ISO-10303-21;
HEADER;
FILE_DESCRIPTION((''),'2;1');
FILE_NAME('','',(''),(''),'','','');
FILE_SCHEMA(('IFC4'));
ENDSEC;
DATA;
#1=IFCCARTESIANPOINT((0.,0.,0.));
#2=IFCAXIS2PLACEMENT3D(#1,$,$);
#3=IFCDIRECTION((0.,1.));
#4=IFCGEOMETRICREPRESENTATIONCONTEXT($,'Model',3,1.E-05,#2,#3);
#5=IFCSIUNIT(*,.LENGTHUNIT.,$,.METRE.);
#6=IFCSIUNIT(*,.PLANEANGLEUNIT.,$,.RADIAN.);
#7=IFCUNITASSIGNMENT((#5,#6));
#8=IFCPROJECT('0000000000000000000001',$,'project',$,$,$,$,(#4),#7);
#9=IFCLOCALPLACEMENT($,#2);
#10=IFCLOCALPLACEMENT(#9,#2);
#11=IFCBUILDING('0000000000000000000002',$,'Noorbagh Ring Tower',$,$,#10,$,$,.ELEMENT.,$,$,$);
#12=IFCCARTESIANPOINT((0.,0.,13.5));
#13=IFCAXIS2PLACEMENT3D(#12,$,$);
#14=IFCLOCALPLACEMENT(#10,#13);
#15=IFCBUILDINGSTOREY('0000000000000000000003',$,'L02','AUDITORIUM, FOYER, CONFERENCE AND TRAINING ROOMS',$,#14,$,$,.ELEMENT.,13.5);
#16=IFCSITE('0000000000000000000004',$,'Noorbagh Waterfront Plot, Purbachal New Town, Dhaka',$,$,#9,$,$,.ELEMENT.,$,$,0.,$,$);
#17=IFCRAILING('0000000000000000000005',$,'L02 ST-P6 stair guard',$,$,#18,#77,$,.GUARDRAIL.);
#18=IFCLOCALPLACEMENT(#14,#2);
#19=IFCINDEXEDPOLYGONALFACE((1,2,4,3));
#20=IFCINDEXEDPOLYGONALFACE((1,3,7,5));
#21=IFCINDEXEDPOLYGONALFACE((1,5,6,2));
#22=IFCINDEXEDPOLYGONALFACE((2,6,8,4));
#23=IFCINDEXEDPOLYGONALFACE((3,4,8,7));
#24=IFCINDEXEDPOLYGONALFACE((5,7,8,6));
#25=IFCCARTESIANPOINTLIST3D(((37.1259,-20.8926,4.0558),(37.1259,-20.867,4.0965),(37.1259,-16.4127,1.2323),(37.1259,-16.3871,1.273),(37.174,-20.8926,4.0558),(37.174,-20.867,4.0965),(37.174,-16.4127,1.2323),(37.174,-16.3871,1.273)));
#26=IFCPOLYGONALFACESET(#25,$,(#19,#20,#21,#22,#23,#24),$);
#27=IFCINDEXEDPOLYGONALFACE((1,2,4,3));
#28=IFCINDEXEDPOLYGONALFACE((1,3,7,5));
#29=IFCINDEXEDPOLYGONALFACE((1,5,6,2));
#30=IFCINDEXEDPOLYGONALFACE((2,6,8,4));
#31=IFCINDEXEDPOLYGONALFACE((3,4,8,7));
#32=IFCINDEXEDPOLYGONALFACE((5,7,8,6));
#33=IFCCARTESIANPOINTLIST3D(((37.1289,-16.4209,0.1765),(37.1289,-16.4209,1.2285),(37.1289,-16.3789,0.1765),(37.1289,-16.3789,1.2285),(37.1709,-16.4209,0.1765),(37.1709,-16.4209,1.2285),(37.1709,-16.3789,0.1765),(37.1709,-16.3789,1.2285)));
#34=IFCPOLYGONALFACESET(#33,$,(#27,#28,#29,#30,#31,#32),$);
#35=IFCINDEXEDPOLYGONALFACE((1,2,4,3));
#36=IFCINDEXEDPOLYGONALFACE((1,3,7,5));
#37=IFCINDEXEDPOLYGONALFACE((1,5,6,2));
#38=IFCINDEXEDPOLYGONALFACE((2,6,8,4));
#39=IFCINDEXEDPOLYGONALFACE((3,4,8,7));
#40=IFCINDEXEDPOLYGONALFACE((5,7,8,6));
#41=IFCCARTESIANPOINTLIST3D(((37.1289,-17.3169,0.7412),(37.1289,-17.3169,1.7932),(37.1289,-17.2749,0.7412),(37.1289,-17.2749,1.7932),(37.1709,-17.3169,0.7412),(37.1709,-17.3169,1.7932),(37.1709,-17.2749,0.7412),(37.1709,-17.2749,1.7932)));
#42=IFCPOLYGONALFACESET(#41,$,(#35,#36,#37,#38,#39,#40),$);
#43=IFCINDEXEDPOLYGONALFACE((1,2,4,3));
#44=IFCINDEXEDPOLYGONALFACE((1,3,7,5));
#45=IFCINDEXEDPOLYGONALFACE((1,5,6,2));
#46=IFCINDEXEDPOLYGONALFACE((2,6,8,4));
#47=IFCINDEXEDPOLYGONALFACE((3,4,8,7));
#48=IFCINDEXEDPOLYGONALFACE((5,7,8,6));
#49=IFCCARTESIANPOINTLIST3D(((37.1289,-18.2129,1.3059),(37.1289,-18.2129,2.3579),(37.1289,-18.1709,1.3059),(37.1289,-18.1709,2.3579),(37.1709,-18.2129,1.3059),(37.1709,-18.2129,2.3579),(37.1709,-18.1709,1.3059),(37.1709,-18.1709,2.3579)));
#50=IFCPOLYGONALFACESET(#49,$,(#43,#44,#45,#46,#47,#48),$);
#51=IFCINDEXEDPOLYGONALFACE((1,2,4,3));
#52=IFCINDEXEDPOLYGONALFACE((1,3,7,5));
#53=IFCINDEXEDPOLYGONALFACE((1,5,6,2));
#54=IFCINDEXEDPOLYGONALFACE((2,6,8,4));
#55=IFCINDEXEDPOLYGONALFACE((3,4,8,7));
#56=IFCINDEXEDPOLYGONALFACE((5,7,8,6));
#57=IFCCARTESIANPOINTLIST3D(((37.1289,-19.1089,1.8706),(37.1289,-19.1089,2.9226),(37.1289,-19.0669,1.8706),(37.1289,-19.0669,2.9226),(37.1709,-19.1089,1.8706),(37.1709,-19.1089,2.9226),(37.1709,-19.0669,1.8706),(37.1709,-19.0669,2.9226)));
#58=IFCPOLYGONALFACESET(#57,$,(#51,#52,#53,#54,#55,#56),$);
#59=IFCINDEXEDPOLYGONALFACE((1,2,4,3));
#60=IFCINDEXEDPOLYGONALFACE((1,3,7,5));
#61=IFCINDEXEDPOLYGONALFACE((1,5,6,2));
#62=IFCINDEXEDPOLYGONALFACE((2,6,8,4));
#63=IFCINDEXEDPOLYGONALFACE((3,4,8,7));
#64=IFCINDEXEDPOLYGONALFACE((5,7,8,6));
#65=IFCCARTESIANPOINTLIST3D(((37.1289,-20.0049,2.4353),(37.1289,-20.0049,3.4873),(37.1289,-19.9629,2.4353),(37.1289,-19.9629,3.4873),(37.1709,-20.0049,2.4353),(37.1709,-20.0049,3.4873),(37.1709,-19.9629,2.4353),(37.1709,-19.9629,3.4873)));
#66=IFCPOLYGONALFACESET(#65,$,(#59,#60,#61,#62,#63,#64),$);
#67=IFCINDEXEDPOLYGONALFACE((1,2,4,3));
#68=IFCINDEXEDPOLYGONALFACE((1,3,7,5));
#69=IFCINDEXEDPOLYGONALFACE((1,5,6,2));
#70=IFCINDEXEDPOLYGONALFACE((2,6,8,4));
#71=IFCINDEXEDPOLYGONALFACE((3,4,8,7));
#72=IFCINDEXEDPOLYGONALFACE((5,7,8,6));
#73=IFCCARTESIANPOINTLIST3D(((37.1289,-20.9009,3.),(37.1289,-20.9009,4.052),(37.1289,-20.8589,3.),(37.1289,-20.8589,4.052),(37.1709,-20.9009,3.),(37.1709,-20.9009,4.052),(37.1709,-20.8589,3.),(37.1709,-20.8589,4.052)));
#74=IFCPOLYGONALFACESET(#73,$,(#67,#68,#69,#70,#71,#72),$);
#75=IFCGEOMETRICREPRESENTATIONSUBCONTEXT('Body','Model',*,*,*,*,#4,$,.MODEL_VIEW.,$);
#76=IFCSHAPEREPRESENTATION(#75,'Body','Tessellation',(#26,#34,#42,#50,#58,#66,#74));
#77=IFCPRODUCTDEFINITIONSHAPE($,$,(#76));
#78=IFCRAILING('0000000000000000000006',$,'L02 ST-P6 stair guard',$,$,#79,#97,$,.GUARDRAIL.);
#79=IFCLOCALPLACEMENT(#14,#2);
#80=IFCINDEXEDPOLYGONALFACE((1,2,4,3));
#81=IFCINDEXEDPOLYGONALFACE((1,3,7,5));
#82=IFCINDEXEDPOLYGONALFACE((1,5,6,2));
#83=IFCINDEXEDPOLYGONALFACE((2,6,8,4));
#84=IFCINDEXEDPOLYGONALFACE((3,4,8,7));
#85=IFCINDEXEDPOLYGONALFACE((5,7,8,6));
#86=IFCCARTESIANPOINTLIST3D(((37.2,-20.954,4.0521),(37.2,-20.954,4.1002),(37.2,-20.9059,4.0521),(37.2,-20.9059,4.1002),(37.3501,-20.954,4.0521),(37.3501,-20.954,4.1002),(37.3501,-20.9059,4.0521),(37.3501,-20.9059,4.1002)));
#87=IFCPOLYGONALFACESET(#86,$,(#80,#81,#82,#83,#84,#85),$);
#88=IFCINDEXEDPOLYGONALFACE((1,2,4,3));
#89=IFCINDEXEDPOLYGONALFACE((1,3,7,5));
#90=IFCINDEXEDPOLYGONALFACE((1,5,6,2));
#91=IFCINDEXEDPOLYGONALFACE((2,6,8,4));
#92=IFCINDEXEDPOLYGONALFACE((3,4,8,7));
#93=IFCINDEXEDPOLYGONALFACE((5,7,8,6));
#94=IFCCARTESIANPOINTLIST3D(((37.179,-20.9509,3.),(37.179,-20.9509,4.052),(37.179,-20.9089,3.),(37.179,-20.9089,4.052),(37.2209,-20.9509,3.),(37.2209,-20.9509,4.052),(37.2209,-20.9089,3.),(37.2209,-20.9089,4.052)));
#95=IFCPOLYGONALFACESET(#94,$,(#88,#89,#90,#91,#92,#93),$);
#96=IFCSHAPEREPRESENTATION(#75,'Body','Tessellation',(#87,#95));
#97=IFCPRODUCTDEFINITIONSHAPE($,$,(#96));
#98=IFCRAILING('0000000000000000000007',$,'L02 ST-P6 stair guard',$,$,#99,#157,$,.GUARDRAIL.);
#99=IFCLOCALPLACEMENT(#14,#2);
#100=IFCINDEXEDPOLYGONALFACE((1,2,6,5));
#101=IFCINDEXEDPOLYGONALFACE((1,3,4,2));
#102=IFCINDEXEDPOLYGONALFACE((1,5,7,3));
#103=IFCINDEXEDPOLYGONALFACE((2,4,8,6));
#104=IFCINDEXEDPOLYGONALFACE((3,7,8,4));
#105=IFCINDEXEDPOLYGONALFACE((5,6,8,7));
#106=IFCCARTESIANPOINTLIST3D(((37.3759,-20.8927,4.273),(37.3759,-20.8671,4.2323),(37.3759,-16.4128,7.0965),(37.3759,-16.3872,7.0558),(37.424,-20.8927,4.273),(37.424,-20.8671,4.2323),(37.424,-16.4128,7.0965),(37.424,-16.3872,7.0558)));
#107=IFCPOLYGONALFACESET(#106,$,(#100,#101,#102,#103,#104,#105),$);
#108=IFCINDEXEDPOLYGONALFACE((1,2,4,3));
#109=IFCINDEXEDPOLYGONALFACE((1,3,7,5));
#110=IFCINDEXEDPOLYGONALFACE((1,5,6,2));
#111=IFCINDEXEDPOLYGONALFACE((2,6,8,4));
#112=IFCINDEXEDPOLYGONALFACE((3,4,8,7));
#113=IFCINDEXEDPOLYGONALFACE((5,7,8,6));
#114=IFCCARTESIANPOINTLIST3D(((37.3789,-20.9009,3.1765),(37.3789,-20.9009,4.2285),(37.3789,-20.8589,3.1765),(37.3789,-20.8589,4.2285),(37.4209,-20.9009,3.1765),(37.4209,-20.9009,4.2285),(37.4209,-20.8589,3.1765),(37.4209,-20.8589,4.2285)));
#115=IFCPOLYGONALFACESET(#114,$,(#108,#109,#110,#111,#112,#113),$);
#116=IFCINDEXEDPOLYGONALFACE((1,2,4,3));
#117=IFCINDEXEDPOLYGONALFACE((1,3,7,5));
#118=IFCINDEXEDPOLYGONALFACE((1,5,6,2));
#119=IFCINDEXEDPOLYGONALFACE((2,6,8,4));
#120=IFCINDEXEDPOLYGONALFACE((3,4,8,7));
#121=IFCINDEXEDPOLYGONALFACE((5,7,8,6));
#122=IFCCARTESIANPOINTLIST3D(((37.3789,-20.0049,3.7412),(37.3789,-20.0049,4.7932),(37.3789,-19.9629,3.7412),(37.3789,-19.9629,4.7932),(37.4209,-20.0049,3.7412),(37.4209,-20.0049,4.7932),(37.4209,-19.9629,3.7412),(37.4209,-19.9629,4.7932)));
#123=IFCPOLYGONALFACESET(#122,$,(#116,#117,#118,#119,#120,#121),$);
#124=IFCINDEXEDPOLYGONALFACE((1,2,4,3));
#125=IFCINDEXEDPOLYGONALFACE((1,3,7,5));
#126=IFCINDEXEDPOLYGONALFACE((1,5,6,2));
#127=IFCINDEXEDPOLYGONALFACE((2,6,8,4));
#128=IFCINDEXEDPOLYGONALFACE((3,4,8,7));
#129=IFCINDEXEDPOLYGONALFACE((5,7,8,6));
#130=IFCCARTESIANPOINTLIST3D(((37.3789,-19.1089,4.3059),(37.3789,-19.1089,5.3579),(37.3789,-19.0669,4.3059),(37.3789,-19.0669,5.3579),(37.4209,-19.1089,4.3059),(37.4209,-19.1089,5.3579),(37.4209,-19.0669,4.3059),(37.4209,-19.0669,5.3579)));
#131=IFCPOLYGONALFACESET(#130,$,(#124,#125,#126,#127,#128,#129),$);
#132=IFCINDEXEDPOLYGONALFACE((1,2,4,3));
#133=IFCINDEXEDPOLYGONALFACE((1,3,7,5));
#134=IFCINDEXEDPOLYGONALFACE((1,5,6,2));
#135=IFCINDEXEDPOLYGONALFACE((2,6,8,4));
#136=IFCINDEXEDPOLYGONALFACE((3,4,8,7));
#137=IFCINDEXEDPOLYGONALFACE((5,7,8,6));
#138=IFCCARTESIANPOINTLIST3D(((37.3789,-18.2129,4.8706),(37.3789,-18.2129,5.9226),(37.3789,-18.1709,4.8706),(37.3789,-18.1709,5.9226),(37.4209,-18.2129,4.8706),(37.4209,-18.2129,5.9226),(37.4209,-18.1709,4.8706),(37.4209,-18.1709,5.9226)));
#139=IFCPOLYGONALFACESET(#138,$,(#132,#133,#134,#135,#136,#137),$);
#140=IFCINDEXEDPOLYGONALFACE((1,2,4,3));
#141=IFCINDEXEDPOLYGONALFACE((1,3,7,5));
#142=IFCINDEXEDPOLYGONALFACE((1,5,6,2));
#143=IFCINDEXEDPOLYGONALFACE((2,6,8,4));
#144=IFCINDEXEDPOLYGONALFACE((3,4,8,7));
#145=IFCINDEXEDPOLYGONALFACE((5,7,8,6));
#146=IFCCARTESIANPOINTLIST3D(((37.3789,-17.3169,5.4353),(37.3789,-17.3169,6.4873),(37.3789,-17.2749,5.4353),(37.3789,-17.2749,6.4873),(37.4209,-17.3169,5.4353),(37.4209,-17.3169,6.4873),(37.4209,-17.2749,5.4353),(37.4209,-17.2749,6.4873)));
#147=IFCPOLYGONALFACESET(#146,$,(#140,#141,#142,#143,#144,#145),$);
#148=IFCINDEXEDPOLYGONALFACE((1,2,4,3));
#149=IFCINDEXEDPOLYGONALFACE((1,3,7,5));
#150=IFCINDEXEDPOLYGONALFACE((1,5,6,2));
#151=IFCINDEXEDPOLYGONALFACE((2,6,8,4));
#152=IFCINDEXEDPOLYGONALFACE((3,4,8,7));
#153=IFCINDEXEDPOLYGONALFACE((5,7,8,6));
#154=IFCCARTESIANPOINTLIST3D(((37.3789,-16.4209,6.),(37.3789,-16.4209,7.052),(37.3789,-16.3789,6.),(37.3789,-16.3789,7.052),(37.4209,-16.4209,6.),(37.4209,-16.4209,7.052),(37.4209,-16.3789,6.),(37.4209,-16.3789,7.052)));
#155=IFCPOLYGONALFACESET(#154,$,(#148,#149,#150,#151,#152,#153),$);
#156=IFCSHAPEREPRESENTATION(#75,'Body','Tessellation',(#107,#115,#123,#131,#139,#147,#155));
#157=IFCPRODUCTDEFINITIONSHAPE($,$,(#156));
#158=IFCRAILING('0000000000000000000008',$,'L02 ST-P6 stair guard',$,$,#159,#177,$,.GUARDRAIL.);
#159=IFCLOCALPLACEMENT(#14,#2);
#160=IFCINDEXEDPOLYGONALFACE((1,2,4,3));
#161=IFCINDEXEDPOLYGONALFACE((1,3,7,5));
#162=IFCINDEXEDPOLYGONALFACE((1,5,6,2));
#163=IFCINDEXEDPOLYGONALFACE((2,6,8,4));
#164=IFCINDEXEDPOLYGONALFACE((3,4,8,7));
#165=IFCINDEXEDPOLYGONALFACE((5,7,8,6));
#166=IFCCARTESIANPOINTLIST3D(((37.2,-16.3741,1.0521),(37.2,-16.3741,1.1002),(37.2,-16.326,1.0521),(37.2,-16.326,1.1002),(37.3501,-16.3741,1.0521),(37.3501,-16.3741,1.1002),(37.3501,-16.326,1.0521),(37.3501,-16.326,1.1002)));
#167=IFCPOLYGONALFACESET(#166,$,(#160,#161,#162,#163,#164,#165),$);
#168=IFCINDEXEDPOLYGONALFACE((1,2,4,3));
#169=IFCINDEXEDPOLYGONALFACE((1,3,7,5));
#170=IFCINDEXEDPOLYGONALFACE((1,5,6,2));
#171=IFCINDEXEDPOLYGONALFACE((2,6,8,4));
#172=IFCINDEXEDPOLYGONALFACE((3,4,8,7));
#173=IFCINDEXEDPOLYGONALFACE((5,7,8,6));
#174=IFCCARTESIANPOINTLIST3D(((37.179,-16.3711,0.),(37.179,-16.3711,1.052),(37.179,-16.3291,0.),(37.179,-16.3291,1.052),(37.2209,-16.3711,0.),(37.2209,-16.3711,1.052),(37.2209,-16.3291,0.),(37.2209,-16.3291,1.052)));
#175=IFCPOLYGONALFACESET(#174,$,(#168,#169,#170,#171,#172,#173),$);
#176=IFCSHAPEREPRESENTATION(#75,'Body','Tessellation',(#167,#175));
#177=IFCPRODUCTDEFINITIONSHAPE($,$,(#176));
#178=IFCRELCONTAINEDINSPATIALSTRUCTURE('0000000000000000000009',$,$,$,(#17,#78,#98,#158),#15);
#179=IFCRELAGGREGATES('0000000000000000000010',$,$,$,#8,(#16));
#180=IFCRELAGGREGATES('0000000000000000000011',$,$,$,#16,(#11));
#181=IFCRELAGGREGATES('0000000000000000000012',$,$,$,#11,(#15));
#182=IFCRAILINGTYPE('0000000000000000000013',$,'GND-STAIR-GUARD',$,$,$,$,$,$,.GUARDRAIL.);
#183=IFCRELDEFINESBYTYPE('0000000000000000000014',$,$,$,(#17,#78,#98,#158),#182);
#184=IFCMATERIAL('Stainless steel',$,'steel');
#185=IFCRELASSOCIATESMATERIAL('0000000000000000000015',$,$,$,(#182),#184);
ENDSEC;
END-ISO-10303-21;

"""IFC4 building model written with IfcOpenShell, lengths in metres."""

from ifc_helpers import new_model, si_unit, direction, frame, origin, origin_2d, place, context, subcontext, project, spatial, rectangle, extrude, material, type_object, element, save


model = new_model("IFC4")

# Units and contexts
model_context = context("Model", 3, precision=1e-05, world=origin(), true_north=direction((0.0, 1.0)))
body_context = subcontext(model_context, "Body", "Model", "MODEL_VIEW")
ifc_project = project(units=[si_unit("LENGTHUNIT", "METRE"), si_unit("PLANEANGLEUNIT", "RADIAN")], contexts=[model_context])

# Site, building, storey
site_placement = place(None, origin())
site = spatial("IfcSite", under=ifc_project, at=site_placement, Name="Noorbagh Waterfront Plot, Purbachal New Town, Dhaka", CompositionType="ELEMENT", RefElevation=0.0)
building_placement = place(site_placement, origin())
building = spatial("IfcBuilding", under=site, at=building_placement, Name="Noorbagh Ring Tower", CompositionType="ELEMENT")
storey_placement = place(building_placement, frame((0.0, 0.0, 13.5)))
storey = spatial("IfcBuildingStorey", under=building, at=storey_placement, Name="L02", Description="AUDITORIUM, FOYER, CONFERENCE AND TRAINING ROOMS", CompositionType="ELEMENT", Elevation=13.5)

# Railings
ifc_material_1 = material(Name="Stainless steel", Category="steel")
railing_type_1 = type_object("IfcRailingType", Name="GND-STAIR-GUARD", PredefinedType="GUARDRAIL", material=ifc_material_1)
railing_1_placement = place(storey_placement, frame((37.1499, -16.3999, 0.1765)))
element("IfcRailing", 1, at=railing_1_placement, inside=storey, type_object=railing_type_1, Name="L02 ST-P6 stair guard", PredefinedType="GUARDRAIL", context=body_context, shape_type="SweptSolid", body=[
    extrude(rectangle(XDim=0.0481, YDim=0.0481, at=origin_2d()), frame((0.0, 0.0, 1.0762), z_axis=(0.0, -0.845998, 0.533186), x_axis=(1.0, 0.0, 0.0)), (0.0, 0.0, 1.0), 5.2954),
    extrude(rectangle(XDim=0.042, YDim=0.042, at=origin_2d()), origin(), (0.0, 0.0, 1.0), 1.052),
    extrude(rectangle(XDim=0.042, YDim=0.042, at=origin_2d()), frame((0.0, -0.896, 0.5647)), (0.0, 0.0, 1.0), 1.052),
    extrude(rectangle(XDim=0.042, YDim=0.042, at=origin_2d()), frame((0.0, -1.792, 1.1294)), (0.0, 0.0, 1.0), 1.052),
    extrude(rectangle(XDim=0.042, YDim=0.042, at=origin_2d()), frame((0.0, -2.688, 1.6941)), (0.0, 0.0, 1.0), 1.052),
    extrude(rectangle(XDim=0.042, YDim=0.042, at=origin_2d()), frame((0.0, -3.584, 2.2588)), (0.0, 0.0, 1.0), 1.052),
    extrude(rectangle(XDim=0.042, YDim=0.042, at=origin_2d()), frame((0.0, -4.48, 2.8235)), (0.0, 0.0, 1.0), 1.052),
])
railing_2_placement = place(storey_placement, frame((37.2, -20.9299, 3.0)))
element("IfcRailing", 2, at=railing_2_placement, inside=storey, type_object=railing_type_1, Name="L02 ST-P6 stair guard", PredefinedType="GUARDRAIL", context=body_context, shape_type="SweptSolid", body=[
    extrude(rectangle(XDim=0.0481, YDim=0.0481, at=origin_2d()), frame((0.0, 0.0, 1.0762), z_axis=(1.0, 0.0, 0.0), x_axis=(0.0, 1.0, 0.0)), (0.0, 0.0, 1.0), 0.1501),
    extrude(rectangle(XDim=0.042, YDim=0.042, at=origin_2d()), origin(), (0.0, 0.0, 1.0), 1.052),
])
railing_3_placement = place(storey_placement, frame((37.3999, -20.8799, 3.1765)))
element("IfcRailing", 3, at=railing_3_placement, inside=storey, type_object=railing_type_1, Name="L02 ST-P6 stair guard", PredefinedType="GUARDRAIL", context=body_context, shape_type="SweptSolid", body=[
    extrude(rectangle(XDim=0.0481, YDim=0.0481, at=origin_2d()), frame((0.0, 0.0, 1.0762), z_axis=(0.0, 0.845998, 0.533186), x_axis=(-1.0, 0.0, 0.0)), (0.0, 0.0, 1.0), 5.2954),
    extrude(rectangle(XDim=0.042, YDim=0.042, at=origin_2d()), origin(), (0.0, 0.0, 1.0), 1.052),
    extrude(rectangle(XDim=0.042, YDim=0.042, at=origin_2d()), frame((0.0, 0.896, 0.5647)), (0.0, 0.0, 1.0), 1.052),
    extrude(rectangle(XDim=0.042, YDim=0.042, at=origin_2d()), frame((0.0, 1.792, 1.1294)), (0.0, 0.0, 1.0), 1.052),
    extrude(rectangle(XDim=0.042, YDim=0.042, at=origin_2d()), frame((0.0, 2.688, 1.6941)), (0.0, 0.0, 1.0), 1.052),
    extrude(rectangle(XDim=0.042, YDim=0.042, at=origin_2d()), frame((0.0, 3.584, 2.2588)), (0.0, 0.0, 1.0), 1.052),
    extrude(rectangle(XDim=0.042, YDim=0.042, at=origin_2d()), frame((0.0, 4.48, 2.8235)), (0.0, 0.0, 1.0), 1.052),
])
railing_4_placement = place(storey_placement, frame((37.2, -16.3501, 0.0)))
element("IfcRailing", 4, at=railing_4_placement, inside=storey, type_object=railing_type_1, Name="L02 ST-P6 stair guard", PredefinedType="GUARDRAIL", context=body_context, shape_type="SweptSolid", body=[
    extrude(rectangle(XDim=0.0481, YDim=0.0481, at=origin_2d()), frame((0.0, 0.0, 1.0762), z_axis=(1.0, 0.0, 0.0), x_axis=(0.0, 1.0, 0.0)), (0.0, 0.0, 1.0), 0.1501),
    extrude(rectangle(XDim=0.042, YDim=0.042, at=origin_2d()), origin(), (0.0, 0.0, 1.0), 1.052),
])

save(model, "model.ifc")
